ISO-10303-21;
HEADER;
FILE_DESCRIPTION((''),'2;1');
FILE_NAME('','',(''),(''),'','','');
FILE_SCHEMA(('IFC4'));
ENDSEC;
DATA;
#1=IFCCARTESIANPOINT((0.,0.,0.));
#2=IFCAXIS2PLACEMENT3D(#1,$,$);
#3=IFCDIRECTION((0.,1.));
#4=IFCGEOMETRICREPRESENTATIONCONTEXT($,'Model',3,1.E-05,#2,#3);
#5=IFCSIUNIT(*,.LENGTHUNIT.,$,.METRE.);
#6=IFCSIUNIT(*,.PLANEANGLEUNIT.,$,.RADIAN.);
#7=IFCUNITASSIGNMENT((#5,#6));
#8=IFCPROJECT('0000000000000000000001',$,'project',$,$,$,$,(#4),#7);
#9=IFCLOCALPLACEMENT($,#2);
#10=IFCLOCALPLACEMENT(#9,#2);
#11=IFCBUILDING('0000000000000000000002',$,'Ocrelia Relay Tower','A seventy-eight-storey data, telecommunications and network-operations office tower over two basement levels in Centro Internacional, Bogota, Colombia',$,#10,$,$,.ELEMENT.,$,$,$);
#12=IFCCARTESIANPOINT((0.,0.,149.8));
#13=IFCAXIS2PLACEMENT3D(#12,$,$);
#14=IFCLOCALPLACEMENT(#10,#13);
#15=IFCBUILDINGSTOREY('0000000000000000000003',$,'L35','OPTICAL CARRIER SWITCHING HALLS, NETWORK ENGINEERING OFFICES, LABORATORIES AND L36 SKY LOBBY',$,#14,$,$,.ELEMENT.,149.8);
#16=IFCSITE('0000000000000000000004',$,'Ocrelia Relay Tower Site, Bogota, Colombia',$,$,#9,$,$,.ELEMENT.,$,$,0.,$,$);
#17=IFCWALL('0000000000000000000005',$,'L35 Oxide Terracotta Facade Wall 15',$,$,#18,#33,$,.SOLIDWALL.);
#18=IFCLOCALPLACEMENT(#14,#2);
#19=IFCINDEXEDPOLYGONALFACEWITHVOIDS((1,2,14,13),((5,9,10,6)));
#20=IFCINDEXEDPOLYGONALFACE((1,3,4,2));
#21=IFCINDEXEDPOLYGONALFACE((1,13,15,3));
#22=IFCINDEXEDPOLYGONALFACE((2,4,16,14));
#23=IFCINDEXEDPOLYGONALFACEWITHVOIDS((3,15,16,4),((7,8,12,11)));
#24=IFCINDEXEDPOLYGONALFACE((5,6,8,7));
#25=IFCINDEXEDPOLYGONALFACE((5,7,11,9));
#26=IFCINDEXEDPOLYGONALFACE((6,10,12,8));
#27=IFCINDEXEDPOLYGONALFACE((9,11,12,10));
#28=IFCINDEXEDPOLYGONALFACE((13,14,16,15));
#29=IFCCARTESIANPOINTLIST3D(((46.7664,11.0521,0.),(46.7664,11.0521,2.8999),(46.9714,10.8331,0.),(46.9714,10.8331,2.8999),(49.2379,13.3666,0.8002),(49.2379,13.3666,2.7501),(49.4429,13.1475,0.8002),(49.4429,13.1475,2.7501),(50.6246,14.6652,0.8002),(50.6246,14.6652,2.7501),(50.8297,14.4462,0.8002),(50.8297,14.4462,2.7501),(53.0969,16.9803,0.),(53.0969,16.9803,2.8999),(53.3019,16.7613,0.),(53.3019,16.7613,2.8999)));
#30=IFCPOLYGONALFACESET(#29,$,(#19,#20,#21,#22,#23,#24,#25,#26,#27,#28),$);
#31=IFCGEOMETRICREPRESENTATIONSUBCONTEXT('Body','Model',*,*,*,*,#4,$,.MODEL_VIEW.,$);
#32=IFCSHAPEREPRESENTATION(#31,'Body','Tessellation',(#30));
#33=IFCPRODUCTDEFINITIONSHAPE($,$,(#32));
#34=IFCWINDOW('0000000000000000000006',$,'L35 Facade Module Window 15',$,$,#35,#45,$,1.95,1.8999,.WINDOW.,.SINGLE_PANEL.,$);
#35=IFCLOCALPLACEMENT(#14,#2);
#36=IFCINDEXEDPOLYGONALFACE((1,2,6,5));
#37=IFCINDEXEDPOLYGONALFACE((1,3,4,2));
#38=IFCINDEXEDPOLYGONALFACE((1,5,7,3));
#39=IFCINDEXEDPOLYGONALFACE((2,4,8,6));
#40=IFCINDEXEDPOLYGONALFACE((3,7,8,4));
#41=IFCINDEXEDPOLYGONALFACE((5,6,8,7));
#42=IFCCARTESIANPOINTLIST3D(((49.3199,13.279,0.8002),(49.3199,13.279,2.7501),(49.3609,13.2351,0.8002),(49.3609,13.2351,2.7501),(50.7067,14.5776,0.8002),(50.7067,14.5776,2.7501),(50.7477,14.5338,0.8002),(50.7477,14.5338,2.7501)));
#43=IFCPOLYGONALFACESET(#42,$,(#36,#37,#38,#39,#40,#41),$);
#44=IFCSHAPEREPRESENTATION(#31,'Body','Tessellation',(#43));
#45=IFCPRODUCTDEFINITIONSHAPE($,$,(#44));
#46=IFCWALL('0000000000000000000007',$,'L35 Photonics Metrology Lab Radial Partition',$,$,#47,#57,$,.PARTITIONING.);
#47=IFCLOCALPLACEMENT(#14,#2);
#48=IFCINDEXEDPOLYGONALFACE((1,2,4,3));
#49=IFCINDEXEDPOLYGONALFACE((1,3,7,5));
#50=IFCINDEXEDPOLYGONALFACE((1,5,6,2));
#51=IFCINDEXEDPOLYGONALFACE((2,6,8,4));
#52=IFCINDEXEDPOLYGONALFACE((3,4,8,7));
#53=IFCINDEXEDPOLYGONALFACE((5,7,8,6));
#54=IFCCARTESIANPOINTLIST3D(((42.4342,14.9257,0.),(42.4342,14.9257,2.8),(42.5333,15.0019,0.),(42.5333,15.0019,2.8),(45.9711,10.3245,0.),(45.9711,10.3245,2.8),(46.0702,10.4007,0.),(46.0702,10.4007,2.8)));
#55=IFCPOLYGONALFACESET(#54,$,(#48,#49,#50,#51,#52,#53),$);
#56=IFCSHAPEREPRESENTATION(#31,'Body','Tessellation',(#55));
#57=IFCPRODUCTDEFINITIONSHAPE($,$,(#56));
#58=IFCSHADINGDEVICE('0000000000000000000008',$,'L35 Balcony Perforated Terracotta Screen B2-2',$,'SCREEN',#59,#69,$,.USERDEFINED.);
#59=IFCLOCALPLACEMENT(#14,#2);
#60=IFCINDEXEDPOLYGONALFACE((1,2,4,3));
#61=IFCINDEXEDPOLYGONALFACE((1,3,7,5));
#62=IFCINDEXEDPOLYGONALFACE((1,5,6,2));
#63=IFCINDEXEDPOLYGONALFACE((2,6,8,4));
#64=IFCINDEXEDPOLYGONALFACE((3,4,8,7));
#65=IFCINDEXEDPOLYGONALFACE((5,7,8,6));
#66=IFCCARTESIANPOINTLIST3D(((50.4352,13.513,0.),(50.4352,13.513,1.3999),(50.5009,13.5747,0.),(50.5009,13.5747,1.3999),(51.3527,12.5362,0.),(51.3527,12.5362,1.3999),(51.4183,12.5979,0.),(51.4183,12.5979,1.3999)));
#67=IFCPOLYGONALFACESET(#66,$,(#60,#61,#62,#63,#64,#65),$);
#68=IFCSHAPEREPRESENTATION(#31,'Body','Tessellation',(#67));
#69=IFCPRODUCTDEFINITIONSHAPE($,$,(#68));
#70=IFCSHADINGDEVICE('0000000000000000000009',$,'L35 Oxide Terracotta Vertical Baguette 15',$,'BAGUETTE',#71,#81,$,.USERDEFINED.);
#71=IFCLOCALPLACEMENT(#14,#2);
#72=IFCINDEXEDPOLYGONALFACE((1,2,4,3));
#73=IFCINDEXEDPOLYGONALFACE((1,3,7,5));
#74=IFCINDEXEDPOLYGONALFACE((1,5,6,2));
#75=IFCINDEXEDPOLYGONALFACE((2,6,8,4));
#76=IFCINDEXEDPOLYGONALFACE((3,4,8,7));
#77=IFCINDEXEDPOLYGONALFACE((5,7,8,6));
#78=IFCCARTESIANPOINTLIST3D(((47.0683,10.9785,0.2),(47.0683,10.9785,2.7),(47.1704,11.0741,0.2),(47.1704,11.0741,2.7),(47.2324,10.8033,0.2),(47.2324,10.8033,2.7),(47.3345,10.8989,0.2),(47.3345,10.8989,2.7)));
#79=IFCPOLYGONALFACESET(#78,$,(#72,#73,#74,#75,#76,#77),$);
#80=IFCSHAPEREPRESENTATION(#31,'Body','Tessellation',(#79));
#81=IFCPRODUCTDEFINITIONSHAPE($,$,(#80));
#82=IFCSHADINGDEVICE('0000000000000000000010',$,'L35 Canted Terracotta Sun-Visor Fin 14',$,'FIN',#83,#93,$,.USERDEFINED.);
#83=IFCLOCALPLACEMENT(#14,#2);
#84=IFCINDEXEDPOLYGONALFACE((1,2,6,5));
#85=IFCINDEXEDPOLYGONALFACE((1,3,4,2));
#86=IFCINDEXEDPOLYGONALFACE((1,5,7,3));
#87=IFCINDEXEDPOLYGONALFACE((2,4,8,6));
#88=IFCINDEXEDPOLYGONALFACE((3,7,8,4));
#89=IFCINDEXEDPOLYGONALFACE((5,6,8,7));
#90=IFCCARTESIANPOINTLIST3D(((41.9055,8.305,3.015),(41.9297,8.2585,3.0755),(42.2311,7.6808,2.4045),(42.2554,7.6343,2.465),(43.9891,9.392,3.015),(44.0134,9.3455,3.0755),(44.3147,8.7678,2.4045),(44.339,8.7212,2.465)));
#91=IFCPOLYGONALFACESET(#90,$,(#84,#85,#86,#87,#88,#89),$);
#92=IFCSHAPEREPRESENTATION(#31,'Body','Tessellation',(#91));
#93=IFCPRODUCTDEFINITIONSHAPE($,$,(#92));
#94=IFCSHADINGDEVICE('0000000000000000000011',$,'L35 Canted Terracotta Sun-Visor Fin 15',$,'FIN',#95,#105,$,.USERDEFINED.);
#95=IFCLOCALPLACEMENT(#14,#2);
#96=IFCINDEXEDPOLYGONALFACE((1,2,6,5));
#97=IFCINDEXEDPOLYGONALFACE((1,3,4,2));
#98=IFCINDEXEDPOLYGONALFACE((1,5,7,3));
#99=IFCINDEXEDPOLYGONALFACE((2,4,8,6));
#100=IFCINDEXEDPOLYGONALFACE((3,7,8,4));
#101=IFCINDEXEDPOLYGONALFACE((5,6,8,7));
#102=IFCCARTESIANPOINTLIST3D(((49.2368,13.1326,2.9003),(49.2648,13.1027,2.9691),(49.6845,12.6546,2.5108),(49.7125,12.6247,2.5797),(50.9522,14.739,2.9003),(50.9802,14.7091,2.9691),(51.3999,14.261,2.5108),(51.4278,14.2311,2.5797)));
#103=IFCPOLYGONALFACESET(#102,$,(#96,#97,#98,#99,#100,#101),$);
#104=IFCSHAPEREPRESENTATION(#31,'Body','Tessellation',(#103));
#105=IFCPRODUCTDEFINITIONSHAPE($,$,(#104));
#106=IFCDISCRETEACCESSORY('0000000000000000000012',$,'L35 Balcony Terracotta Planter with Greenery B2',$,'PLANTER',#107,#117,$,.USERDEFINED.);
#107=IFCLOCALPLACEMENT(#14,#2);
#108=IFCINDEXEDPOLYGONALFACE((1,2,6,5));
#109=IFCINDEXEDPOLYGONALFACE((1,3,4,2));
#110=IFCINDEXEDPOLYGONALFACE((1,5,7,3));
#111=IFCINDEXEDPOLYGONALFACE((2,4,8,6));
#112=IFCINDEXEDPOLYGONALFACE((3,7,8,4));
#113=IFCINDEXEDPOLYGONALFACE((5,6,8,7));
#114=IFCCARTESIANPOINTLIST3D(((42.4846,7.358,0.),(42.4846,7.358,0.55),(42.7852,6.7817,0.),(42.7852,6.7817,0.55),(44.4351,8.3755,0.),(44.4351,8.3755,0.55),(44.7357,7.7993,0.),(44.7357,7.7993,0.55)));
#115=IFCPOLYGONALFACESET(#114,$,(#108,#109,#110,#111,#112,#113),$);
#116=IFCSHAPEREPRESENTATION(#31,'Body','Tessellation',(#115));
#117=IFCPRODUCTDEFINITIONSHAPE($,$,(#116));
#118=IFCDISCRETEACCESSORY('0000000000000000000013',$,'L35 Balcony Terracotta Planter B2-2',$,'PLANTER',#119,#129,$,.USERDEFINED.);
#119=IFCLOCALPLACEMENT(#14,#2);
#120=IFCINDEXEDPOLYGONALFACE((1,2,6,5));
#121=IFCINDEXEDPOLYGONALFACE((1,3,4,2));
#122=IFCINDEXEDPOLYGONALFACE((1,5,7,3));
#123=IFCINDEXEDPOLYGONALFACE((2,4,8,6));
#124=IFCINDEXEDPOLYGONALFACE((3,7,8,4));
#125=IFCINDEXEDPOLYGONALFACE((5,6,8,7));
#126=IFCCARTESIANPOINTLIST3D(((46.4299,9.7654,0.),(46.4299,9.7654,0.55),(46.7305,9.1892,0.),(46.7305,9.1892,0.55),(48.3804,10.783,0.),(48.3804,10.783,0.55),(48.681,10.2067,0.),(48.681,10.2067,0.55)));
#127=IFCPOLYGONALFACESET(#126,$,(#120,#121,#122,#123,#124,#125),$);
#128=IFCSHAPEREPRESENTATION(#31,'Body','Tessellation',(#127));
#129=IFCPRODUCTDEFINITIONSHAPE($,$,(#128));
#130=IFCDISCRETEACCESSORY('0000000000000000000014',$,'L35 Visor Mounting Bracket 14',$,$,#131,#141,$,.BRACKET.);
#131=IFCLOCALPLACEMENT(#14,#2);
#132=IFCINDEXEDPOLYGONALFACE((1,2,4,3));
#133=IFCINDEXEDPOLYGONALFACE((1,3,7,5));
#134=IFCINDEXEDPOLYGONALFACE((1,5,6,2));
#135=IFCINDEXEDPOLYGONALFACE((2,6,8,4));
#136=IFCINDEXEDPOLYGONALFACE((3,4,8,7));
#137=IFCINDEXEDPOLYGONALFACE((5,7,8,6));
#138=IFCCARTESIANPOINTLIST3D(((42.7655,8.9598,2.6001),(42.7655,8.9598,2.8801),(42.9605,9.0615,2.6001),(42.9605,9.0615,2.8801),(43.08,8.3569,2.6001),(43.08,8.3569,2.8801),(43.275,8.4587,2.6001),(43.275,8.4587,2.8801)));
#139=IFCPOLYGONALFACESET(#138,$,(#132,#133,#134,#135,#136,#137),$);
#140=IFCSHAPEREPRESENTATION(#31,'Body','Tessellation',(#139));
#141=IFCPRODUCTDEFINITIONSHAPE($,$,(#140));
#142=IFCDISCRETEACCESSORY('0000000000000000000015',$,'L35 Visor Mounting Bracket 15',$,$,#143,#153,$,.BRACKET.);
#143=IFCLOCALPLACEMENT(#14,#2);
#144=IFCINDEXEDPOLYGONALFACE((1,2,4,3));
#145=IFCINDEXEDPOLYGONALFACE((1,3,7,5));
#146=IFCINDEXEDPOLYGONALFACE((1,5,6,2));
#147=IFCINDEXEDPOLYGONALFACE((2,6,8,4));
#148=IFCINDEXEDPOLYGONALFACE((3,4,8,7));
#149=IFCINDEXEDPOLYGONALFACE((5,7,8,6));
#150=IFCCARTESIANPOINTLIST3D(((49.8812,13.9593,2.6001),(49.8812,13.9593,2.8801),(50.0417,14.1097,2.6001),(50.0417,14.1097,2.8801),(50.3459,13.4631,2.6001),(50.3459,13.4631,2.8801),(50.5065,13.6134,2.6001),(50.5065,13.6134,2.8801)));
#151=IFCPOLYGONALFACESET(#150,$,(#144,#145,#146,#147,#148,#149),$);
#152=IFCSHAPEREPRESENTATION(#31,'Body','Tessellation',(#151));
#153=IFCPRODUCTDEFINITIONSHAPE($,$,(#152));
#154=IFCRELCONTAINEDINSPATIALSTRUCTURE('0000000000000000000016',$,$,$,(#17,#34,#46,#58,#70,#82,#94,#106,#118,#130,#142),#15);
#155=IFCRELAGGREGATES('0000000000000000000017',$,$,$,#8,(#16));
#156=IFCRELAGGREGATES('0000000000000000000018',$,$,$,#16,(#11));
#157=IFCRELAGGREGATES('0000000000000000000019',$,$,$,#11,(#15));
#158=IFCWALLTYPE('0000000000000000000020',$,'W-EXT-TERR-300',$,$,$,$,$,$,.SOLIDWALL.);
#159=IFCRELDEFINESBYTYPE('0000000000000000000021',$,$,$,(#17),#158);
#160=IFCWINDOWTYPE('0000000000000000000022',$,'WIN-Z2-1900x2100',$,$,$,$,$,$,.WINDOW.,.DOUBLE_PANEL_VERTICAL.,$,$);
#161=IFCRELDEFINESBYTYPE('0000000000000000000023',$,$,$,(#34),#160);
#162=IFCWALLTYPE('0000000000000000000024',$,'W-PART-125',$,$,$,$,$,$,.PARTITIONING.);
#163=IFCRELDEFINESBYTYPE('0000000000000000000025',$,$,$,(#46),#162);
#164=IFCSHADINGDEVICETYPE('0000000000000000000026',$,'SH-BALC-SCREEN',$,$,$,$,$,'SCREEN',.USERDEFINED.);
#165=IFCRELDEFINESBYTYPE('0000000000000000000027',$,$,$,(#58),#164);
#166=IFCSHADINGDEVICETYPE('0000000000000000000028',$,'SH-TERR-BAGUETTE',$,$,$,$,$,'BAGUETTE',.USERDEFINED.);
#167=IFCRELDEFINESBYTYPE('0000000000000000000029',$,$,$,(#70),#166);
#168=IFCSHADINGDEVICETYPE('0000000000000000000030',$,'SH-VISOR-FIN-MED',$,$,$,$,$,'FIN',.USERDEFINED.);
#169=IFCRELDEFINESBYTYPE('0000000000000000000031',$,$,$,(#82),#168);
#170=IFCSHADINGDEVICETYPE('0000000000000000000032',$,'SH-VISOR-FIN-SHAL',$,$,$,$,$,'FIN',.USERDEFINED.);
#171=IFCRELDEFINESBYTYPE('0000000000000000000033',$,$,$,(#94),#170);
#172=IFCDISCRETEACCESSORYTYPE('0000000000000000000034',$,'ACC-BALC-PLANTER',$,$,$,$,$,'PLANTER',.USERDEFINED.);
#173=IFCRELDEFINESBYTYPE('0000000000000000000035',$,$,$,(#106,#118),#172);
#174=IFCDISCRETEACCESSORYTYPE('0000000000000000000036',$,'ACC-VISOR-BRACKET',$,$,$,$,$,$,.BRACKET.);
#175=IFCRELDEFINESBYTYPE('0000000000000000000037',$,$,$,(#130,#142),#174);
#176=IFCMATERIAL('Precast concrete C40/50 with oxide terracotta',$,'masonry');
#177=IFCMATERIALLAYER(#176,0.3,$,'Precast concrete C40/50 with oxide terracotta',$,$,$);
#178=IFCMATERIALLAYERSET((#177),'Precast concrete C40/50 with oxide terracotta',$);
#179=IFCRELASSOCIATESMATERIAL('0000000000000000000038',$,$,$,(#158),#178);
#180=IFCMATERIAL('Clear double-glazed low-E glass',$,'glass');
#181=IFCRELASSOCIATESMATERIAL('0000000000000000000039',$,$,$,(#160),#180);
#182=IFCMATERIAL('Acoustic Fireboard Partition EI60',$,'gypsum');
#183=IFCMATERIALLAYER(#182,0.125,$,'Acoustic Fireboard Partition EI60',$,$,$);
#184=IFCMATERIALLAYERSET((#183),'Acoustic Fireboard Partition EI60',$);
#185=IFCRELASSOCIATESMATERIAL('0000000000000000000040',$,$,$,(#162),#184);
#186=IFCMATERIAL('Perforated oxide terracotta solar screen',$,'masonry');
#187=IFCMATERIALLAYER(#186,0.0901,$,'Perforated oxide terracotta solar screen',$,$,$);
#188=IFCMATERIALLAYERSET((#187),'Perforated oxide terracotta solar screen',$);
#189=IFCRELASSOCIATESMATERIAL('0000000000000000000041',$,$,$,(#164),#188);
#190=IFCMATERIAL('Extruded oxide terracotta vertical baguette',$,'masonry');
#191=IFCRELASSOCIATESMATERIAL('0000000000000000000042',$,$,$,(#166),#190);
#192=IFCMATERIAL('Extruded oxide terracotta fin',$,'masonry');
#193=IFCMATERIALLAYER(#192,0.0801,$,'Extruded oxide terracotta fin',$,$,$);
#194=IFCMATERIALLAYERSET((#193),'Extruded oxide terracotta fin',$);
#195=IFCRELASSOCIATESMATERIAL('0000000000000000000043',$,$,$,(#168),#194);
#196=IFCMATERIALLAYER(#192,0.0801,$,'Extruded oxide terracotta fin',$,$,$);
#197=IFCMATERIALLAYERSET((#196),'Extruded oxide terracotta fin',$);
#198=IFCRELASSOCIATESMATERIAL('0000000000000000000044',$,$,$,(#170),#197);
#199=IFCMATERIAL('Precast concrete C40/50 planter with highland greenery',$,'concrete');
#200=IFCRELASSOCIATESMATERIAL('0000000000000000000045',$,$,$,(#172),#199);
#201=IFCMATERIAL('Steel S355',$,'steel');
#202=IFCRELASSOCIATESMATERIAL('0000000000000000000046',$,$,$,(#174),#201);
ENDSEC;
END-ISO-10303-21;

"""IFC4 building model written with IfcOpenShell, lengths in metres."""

from ifc_helpers import new_model, si_unit, direction, frame, frame_2d, origin, origin_2d, place, context, subcontext, project, spatial, rectangle, extrude, material, layer, layer_set, type_object, element, fill, save


model = new_model("IFC4")

# Units and contexts
model_context = context("Model", 3, precision=1e-05, world=origin(), true_north=direction((0.0, 1.0)))
body_context = subcontext(model_context, "Body", "Model", "MODEL_VIEW")
ifc_project = project(units=[si_unit("LENGTHUNIT", "METRE"), si_unit("PLANEANGLEUNIT", "RADIAN")], contexts=[model_context])

# Site, building, storey
site_placement = place(None, origin())
site = spatial("IfcSite", under=ifc_project, at=site_placement, Name="Ocrelia Relay Tower Site, Bogota, Colombia", CompositionType="ELEMENT", RefElevation=0.0)
building_placement = place(site_placement, origin())
building = spatial("IfcBuilding", under=site, at=building_placement, Name="Ocrelia Relay Tower", Description="A seventy-eight-storey data, telecommunications and network-operations office tower over two basement levels in Centro Internacional, Bogota, Colombia", CompositionType="ELEMENT")
storey_placement = place(building_placement, frame((0.0, 0.0, 149.8)))
storey = spatial("IfcBuildingStorey", under=building, at=storey_placement, Name="L35", Description="OPTICAL CARRIER SWITCHING HALLS, NETWORK ENGINEERING OFFICES, LABORATORIES AND L36 SKY LOBBY", CompositionType="ELEMENT", Elevation=149.8)

# Shared definitions
ifc_material_1 = material(Name="Steel S355", Category="steel")

# Wall, opening, window
ifc_material_2 = material(Name="Precast concrete C40/50 with oxide terracotta", Category="masonry")
ifc_layer_1 = layer(ifc_material_2, 0.3, Name="Precast concrete C40/50 with oxide terracotta")
ifc_layer_set_1 = layer_set([ifc_layer_1], Name="Precast concrete C40/50 with oxide terracotta")
wall_type_1 = type_object("IfcWallType", Name="W-EXT-TERR-300", PredefinedType="SOLIDWALL", material=ifc_layer_set_1)
wall_1_placement = place(storey_placement, frame((46.8689, 10.9426, 0.0), z_axis=(0.0, 0.0, 1.0), x_axis=(0.729922, 0.683531, 0.0)))
wall_1 = element("IfcWall", 1, at=wall_1_placement, inside=storey, type_object=wall_type_1, Name="L35 Oxide Terracotta Facade Wall 15", PredefinedType="SOLIDWALL", context=body_context, shape_type="SweptSolid", body=[
    extrude(rectangle(XDim=8.6729, YDim=0.3, at=frame_2d((4.3364, 0.0))), origin(), (0.0, 0.0, 1.0), 2.8999),
])
opening_placement = place(wall_1_placement, frame((3.386, 0.0, 0.8)))
opening = element("IfcOpeningElement", 2, at=opening_placement, cuts=wall_1, PredefinedType="OPENING", context=body_context, shape_type="SweptSolid", body=[
    extrude(rectangle(XDim=1.8999, YDim=1.95, at=frame_2d((0.95, 0.9751))), frame((0.0, 0.1602, 0.0), z_axis=(0.0, -1.0, 0.0), x_axis=(1.0, 0.0, 0.0)), (0.0, 0.0, 1.0), 0.3201),
])
ifc_material_3 = material(Name="Clear double-glazed low-E glass", Category="glass")
window_type = type_object("IfcWindowType", Name="WIN-Z2-1900x2100", PartitioningType="DOUBLE_PANEL_VERTICAL", PredefinedType="WINDOW", material=ifc_material_3)
window_placement = place(opening_placement, origin())
window = element("IfcWindow", 3, at=window_placement, inside=storey, type_object=window_type, Name="L35 Facade Module Window 15", OverallHeight=1.95, OverallWidth=1.8999, PartitioningType="SINGLE_PANEL", PredefinedType="WINDOW", context=body_context, shape_type="SweptSolid", body=[
    extrude(rectangle(XDim=1.8999, YDim=1.95, at=frame_2d((0.95, 0.9751))), frame((0.0, 0.03, 0.0), z_axis=(0.0, -1.0, 0.0), x_axis=(1.0, 0.0, 0.0)), (0.0, 0.0, 1.0), 0.0601),
])
fill(opening, window)

# Wall
ifc_material_4 = material(Name="Acoustic Fireboard Partition EI60", Category="gypsum")
ifc_layer_2 = layer(ifc_material_4, 0.125, Name="Acoustic Fireboard Partition EI60")
ifc_layer_set_2 = layer_set([ifc_layer_2], Name="Acoustic Fireboard Partition EI60")
wall_type_2 = type_object("IfcWallType", Name="W-PART-125", PredefinedType="PARTITIONING", material=ifc_layer_set_2)
wall_2_placement = place(storey_placement, frame((42.4836, 14.9639, 0.0), z_axis=(0.0, 0.0, 1.0), x_axis=(0.609448, -0.792826, 0.0)))
element("IfcWall", 4, at=wall_2_placement, inside=storey, type_object=wall_type_2, Name="L35 Photonics Metrology Lab Radial Partition", PredefinedType="PARTITIONING", context=body_context, shape_type="SweptSolid", body=[
    extrude(rectangle(XDim=5.8035, YDim=0.125, at=frame_2d((2.9019, 0.0))), origin(), (0.0, 0.0, 1.0), 2.8),
])

# Shading devices
ifc_material_5 = material(Name="Perforated oxide terracotta solar screen", Category="masonry")
ifc_layer_3 = layer(ifc_material_5, 0.0901, Name="Perforated oxide terracotta solar screen")
ifc_layer_set_3 = layer_set([ifc_layer_3], Name="Perforated oxide terracotta solar screen")
shading_device_type_1 = type_object("IfcShadingDeviceType", Name="SH-BALC-SCREEN", ElementType="SCREEN", PredefinedType="USERDEFINED", material=ifc_layer_set_3)
shading_device_1_placement = place(storey_placement, frame((50.9268, 13.0554, 0.0), z_axis=(0.0, 0.0, 1.0), x_axis=(0.684621, -0.728899, 0.0)))
element("IfcShadingDevice", 5, at=shading_device_1_placement, inside=storey, type_object=shading_device_type_1, Name="L35 Balcony Perforated Terracotta Screen B2-2", ObjectType="SCREEN", PredefinedType="USERDEFINED", context=body_context, shape_type="SweptSolid", body=[
    extrude(rectangle(XDim=1.3401, YDim=0.0901, at=origin_2d()), origin(), (0.0, 0.0, 1.0), 1.3999),
])
ifc_material_6 = material(Name="Extruded oxide terracotta vertical baguette", Category="masonry")
shading_device_type_2 = type_object("IfcShadingDeviceType", Name="SH-TERR-BAGUETTE", ElementType="BAGUETTE", PredefinedType="USERDEFINED", material=ifc_material_6)
shading_device_2_placement = place(storey_placement, frame((47.2014, 10.9387, 0.2), z_axis=(0.0, 0.0, 1.0), x_axis=(0.729914, 0.683539, 0.0)))
element("IfcShadingDevice", 6, at=shading_device_2_placement, inside=storey, type_object=shading_device_type_2, Name="L35 Oxide Terracotta Vertical Baguette 15", ObjectType="BAGUETTE", PredefinedType="USERDEFINED", context=body_context, shape_type="SweptSolid", body=[
    extrude(rectangle(XDim=0.1399, YDim=0.24, at=origin_2d()), origin(), (0.0, 0.0, 1.0), 2.5),
])
ifc_material_7 = material(Name="Extruded oxide terracotta fin", Category="masonry")
ifc_layer_4 = layer(ifc_material_7, 0.0801, Name="Extruded oxide terracotta fin")
ifc_layer_set_4 = layer_set([ifc_layer_4], Name="Extruded oxide terracotta fin")
shading_device_type_3 = type_object("IfcShadingDeviceType", Name="SH-VISOR-FIN-MED", ElementType="FIN", PredefinedType="USERDEFINED", material=ifc_layer_set_4)
shading_device_3_placement = place(storey_placement, frame((43.1101, 8.5364, 2.7097), z_axis=(0.303017, -0.580848, 0.755511), x_axis=(0.886606, 0.462525, 0.0)))
element("IfcShadingDevice", 7, at=shading_device_3_placement, inside=storey, type_object=shading_device_type_3, Name="L35 Canted Terracotta Sun-Visor Fin 14", ObjectType="FIN", PredefinedType="USERDEFINED", context=body_context, shape_type="SweptSolid", body=[
    extrude(rectangle(XDim=2.3501, YDim=0.9319, at=origin_2d()), origin(), (0.0, 0.0, 1.0), 0.0801),
])
ifc_layer_5 = layer(ifc_material_7, 0.0801, Name="Extruded oxide terracotta fin")
ifc_layer_set_5 = layer_set([ifc_layer_5], Name="Extruded oxide terracotta fin")
shading_device_type_4 = type_object("IfcShadingDeviceType", Name="SH-VISOR-FIN-SHAL", ElementType="FIN", PredefinedType="USERDEFINED", material=ifc_layer_set_5)
shading_device_4_placement = place(storey_placement, frame((50.3184, 13.6968, 2.7056), z_axis=(0.349386, -0.37309, 0.859496), x_axis=(0.729914, 0.683539, 0.0)))
element("IfcShadingDevice", 8, at=shading_device_4_placement, inside=storey, type_object=shading_device_type_4, Name="L35 Canted Terracotta Sun-Visor Fin 15", ObjectType="FIN", PredefinedType="USERDEFINED", context=body_context, shape_type="SweptSolid", body=[
    extrude(rectangle(XDim=2.3501, YDim=0.762, at=origin_2d()), origin(), (0.0, 0.0, 1.0), 0.0801),
])

# Discrete accessories
ifc_material_8 = material(Name="Precast concrete C40/50 planter with highland greenery", Category="concrete")
discrete_accessory_type_1 = type_object("IfcDiscreteAccessoryType", Name="ACC-BALC-PLANTER", ElementType="PLANTER", PredefinedType="USERDEFINED", material=ifc_material_8)
for number, where, z_axis, x_axis, name in (
    (9, (43.6101, 7.5786, 0.0), (0.0, 0.0, 1.0), (-0.886608, -0.462521, 0.0), "L35 Balcony Terracotta Planter with Greenery B2"),
    (10, (47.5554, 9.9861, 0.0), (0.0, 0.0, 1.0), (-0.886608, -0.462521, 0.0), "L35 Balcony Terracotta Planter B2-2"),
):
    element("IfcDiscreteAccessory", number, at=place(storey_placement, frame(where, z_axis=z_axis, x_axis=x_axis)), inside=storey, type_object=discrete_accessory_type_1, Name=name, ObjectType="PLANTER", PredefinedType="USERDEFINED", context=body_context, shape_type="SweptSolid", body=[
        extrude(rectangle(XDim=2.2, YDim=0.6499, at=origin_2d()), origin(), (0.0, 0.0, 1.0), 0.55),
    ])
discrete_accessory_type_2 = type_object("IfcDiscreteAccessoryType", Name="ACC-VISOR-BRACKET", PredefinedType="BRACKET", material=ifc_material_1)
for number, where, z_axis, x_axis, name in (
    (11, (43.0203, 8.7092, 2.6001), (0.0, 0.0, 1.0), (0.886606, 0.462525, 0.0), "L35 Visor Mounting Bracket 14"),
    (12, (50.1938, 13.7864, 2.6001), (0.0, 0.0, 1.0), (0.729914, 0.683539, 0.0), "L35 Visor Mounting Bracket 15"),
):
    element("IfcDiscreteAccessory", number, at=place(storey_placement, frame(where, z_axis=z_axis, x_axis=x_axis)), inside=storey, type_object=discrete_accessory_type_2, Name=name, PredefinedType="BRACKET", context=body_context, shape_type="SweptSolid", body=[
        extrude(rectangle(XDim=0.22, YDim=0.6799, at=origin_2d()), origin(), (0.0, 0.0, 1.0), 0.28),
    ])

save(model, "model.ifc")
